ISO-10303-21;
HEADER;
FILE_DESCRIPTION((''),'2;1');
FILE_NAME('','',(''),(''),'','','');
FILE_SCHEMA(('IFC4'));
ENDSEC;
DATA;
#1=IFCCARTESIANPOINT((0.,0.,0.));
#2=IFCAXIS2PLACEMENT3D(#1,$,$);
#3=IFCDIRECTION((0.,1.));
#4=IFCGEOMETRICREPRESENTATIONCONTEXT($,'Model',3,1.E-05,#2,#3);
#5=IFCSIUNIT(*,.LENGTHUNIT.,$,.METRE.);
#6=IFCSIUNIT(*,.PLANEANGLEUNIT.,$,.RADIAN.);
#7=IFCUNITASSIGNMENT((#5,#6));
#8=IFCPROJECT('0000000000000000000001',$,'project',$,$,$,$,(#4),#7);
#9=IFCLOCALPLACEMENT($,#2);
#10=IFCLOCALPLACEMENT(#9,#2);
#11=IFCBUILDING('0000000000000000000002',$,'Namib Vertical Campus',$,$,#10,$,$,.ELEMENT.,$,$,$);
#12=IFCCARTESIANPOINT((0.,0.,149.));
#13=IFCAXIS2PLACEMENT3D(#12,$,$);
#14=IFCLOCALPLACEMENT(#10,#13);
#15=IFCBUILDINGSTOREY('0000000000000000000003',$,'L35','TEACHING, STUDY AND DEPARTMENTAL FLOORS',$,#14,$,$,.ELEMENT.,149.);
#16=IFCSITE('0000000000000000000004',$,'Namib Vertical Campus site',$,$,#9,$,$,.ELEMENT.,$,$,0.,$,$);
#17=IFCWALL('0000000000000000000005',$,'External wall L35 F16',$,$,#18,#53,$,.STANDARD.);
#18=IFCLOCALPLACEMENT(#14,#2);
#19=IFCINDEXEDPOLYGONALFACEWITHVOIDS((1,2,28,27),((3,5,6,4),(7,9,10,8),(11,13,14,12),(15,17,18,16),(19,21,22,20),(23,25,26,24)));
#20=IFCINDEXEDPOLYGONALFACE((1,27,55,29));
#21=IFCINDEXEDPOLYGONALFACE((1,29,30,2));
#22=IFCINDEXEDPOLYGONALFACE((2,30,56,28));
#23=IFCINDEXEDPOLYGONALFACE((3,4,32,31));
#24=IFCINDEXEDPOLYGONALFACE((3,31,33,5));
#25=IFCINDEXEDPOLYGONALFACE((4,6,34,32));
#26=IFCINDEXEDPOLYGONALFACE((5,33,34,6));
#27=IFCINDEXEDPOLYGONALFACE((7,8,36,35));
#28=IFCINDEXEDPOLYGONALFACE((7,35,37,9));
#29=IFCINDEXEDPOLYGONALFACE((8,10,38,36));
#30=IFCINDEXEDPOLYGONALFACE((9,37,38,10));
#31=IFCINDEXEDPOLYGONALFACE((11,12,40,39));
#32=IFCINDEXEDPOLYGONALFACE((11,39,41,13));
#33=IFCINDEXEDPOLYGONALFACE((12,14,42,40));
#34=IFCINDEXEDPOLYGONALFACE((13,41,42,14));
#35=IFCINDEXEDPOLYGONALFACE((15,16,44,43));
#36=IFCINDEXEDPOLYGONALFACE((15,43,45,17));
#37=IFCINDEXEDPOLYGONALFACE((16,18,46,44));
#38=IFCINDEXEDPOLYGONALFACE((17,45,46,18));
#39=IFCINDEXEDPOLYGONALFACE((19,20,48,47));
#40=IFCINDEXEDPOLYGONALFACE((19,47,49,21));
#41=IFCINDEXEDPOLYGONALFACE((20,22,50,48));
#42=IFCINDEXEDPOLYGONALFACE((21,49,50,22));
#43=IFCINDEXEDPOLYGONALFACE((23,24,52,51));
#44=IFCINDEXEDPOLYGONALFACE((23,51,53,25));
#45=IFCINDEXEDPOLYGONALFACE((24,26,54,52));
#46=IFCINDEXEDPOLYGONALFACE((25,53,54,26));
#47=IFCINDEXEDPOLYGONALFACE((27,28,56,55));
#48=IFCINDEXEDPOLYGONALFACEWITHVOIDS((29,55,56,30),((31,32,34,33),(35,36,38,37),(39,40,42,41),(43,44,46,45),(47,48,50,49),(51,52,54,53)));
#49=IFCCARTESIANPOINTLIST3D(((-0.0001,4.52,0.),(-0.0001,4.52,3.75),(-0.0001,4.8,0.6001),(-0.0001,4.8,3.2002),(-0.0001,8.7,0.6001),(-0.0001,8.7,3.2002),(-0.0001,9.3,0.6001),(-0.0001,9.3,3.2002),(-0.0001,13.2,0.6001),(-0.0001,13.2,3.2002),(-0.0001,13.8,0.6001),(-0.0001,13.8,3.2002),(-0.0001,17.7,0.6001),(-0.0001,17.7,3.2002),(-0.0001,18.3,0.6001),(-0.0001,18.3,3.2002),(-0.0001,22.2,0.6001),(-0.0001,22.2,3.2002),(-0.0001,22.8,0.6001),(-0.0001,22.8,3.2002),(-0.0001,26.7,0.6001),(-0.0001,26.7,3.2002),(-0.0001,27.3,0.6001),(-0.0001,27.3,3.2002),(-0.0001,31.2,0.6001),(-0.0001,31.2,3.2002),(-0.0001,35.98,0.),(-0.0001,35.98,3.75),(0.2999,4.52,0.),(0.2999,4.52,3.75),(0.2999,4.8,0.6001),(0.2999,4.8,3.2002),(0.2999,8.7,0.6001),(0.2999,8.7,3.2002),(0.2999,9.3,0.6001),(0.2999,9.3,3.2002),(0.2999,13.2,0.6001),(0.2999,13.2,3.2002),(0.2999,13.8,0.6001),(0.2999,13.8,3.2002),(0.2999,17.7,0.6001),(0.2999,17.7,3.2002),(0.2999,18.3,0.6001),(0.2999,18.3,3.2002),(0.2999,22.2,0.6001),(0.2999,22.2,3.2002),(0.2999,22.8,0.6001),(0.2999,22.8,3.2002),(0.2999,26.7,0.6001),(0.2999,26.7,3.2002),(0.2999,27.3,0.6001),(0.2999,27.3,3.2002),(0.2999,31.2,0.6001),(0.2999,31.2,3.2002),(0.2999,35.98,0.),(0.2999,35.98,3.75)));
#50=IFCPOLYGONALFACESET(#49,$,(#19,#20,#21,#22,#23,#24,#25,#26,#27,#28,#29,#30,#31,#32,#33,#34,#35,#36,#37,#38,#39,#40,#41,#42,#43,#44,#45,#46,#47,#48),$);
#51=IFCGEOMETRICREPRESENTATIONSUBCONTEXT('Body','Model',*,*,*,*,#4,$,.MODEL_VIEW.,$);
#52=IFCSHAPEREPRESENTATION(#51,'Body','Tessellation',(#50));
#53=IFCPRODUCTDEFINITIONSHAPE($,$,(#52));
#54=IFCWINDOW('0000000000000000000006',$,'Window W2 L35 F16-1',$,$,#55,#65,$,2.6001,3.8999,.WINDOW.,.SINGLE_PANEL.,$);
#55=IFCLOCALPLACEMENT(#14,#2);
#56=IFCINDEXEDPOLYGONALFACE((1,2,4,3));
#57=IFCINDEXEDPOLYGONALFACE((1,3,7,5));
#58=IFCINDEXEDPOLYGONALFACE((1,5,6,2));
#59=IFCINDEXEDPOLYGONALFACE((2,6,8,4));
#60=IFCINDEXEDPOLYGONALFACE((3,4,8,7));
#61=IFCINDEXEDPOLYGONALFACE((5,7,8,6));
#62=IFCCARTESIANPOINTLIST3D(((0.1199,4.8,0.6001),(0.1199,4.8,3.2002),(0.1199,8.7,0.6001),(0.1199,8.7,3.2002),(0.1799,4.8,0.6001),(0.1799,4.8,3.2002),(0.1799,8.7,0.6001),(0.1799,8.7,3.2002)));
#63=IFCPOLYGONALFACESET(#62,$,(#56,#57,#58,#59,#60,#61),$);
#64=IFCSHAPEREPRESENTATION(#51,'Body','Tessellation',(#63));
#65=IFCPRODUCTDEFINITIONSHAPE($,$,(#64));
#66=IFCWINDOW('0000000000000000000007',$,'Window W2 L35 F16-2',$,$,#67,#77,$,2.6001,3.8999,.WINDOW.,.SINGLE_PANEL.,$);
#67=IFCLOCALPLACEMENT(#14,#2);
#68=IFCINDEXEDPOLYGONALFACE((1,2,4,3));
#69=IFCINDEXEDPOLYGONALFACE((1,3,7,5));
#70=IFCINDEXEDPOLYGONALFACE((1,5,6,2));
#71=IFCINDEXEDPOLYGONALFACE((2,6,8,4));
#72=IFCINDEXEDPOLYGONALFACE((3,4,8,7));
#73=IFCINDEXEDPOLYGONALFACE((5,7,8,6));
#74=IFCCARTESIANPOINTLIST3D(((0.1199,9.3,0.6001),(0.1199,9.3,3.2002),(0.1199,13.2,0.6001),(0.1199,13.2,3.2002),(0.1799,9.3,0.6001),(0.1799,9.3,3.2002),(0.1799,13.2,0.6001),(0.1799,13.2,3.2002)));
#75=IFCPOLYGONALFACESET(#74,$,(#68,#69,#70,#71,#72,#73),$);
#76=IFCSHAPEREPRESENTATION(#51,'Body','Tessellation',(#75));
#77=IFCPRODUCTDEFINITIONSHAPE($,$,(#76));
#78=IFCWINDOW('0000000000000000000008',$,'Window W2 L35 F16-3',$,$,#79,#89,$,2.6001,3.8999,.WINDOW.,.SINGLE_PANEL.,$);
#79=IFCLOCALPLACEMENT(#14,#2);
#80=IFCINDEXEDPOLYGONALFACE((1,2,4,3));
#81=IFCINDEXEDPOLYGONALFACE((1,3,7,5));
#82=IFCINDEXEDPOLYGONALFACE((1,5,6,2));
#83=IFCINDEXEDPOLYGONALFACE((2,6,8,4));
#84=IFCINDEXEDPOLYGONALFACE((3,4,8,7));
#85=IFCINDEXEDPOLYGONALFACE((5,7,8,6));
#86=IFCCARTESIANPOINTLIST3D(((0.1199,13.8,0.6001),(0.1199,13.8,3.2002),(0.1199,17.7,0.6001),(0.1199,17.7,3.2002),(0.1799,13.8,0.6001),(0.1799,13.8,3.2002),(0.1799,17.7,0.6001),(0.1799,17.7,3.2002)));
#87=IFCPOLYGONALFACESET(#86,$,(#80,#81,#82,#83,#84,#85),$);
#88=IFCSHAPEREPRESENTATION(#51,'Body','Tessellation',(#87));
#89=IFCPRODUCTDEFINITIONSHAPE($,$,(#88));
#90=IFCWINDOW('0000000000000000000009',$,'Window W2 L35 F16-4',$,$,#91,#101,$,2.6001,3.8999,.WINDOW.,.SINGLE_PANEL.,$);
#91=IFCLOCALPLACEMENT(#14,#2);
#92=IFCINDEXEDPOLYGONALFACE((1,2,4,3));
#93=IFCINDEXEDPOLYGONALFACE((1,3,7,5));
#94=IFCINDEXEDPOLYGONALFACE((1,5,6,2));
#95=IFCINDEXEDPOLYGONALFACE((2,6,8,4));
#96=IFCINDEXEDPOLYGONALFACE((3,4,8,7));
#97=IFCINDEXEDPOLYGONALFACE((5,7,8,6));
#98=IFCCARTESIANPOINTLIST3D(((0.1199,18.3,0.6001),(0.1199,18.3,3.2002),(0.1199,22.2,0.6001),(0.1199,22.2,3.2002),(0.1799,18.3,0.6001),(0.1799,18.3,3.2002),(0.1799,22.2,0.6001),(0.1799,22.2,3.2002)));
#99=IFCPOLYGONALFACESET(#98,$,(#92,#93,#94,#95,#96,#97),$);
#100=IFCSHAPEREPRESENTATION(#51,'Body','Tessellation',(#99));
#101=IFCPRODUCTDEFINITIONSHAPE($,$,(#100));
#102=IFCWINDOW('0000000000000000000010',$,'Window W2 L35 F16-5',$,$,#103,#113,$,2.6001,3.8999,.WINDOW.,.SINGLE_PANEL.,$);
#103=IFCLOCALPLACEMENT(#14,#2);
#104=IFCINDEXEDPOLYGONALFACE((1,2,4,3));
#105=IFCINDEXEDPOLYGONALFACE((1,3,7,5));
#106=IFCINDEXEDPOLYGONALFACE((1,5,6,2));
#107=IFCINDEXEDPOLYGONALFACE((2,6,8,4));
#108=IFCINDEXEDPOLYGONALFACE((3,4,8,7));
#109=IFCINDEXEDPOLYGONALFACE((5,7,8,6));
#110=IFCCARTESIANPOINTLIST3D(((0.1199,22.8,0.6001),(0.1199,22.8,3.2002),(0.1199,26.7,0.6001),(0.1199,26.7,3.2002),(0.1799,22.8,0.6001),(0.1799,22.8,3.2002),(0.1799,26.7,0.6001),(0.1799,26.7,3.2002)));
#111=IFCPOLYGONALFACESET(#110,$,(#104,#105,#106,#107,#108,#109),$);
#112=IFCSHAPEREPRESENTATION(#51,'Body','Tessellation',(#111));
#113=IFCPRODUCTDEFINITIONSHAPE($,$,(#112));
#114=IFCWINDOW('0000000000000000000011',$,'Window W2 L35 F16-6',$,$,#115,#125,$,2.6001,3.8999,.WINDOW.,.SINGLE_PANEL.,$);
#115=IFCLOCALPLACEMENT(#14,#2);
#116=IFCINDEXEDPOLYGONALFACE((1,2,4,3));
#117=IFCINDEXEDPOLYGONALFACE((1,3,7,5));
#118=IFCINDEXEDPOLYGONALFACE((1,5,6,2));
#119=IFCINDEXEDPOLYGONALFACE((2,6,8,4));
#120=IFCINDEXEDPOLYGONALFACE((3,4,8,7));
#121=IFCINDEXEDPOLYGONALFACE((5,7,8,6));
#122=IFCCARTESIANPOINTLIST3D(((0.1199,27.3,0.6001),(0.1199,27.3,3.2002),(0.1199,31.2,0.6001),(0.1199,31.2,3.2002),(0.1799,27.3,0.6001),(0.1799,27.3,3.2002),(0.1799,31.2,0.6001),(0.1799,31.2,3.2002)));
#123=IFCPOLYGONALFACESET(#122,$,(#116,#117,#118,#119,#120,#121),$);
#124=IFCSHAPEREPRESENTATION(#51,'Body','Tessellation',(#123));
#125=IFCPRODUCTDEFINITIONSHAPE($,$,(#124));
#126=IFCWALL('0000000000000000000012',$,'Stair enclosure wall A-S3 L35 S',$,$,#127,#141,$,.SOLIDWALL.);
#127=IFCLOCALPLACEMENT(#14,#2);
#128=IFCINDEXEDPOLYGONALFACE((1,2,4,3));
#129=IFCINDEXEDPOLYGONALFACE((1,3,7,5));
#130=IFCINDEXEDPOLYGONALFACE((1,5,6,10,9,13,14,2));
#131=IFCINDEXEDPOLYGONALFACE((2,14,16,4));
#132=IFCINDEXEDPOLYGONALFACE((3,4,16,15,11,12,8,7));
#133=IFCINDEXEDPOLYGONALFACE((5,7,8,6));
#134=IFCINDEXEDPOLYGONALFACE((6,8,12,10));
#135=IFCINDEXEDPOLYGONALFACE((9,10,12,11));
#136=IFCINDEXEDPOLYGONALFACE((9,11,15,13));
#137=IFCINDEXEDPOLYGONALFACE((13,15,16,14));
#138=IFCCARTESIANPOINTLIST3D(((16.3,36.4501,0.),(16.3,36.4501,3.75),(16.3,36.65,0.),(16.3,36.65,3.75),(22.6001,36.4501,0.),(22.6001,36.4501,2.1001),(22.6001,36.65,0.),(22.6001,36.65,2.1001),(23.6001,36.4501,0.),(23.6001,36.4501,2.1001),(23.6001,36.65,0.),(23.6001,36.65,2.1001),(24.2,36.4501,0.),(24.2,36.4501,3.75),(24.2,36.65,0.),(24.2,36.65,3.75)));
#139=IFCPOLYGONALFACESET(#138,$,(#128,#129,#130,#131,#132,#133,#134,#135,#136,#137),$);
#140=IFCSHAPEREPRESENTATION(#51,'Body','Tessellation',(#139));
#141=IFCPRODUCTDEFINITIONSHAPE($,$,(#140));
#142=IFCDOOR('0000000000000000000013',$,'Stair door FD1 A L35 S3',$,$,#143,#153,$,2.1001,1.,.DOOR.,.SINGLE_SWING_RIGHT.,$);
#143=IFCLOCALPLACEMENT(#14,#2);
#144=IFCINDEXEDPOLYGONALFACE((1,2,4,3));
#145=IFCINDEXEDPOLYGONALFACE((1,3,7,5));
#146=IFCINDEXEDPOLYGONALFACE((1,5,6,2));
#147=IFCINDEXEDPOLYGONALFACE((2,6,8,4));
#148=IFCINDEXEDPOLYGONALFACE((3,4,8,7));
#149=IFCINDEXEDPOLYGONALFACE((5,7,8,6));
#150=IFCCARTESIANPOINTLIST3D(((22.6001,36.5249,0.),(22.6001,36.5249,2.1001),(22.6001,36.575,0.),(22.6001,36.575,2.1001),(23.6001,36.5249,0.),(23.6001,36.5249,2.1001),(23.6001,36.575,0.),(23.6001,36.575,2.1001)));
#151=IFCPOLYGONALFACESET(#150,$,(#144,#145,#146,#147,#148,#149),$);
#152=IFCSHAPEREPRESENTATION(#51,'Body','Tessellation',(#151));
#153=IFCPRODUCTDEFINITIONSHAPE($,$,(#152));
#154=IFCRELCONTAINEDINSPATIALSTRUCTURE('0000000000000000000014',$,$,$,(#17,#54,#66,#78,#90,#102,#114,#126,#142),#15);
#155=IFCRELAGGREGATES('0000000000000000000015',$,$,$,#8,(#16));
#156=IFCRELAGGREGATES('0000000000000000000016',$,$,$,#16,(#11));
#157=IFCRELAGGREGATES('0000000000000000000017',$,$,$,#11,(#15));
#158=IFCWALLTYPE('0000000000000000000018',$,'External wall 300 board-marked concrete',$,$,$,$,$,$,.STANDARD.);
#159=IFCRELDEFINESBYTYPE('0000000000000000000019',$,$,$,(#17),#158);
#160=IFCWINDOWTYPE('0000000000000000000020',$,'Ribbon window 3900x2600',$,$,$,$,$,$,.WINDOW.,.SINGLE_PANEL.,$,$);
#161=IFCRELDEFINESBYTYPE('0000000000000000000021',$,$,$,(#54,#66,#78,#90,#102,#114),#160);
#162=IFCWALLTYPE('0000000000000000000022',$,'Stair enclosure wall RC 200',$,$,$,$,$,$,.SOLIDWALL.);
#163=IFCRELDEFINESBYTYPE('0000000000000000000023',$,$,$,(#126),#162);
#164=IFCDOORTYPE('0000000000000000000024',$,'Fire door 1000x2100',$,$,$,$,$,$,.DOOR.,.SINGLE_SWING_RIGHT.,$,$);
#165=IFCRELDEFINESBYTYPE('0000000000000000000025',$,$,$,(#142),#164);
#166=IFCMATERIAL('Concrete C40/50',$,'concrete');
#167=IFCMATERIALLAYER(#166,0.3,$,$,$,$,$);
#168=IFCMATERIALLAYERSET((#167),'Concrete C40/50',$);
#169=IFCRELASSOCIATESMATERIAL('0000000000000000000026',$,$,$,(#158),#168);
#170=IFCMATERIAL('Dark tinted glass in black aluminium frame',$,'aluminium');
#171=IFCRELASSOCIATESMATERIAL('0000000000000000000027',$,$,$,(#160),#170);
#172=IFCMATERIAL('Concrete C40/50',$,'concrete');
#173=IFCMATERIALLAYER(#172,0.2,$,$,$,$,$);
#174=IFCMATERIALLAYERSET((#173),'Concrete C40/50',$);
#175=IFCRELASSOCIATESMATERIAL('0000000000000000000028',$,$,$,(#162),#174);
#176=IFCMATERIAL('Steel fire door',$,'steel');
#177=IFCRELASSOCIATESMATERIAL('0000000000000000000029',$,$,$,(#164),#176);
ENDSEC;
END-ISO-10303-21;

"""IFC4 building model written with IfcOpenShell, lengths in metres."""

from ifc_helpers import new_model, si_unit, direction, frame, frame_2d, origin, place, context, subcontext, project, spatial, rectangle, extrude, material, layer, layer_set, type_object, element, fill, save


model = new_model("IFC4")

# Units and contexts
model_context = context("Model", 3, precision=1e-05, world=origin(), true_north=direction((0.0, 1.0)))
body_context = subcontext(model_context, "Body", "Model", "MODEL_VIEW")
ifc_project = project(units=[si_unit("LENGTHUNIT", "METRE"), si_unit("PLANEANGLEUNIT", "RADIAN")], contexts=[model_context])

# Site, building, storey
site_placement = place(None, origin())
site = spatial("IfcSite", under=ifc_project, at=site_placement, Name="Namib Vertical Campus site", CompositionType="ELEMENT", RefElevation=0.0)
building_placement = place(site_placement, origin())
building = spatial("IfcBuilding", under=site, at=building_placement, Name="Namib Vertical Campus", CompositionType="ELEMENT")
storey_placement = place(building_placement, frame((0.0, 0.0, 149.0)))
storey = spatial("IfcBuildingStorey", under=building, at=storey_placement, Name="L35", Description="TEACHING, STUDY AND DEPARTMENTAL FLOORS", CompositionType="ELEMENT", Elevation=149.0)

# Shared definitions
ifc_material_1 = material(Name="Concrete C40/50", Category="concrete")
ifc_layer_1 = layer(ifc_material_1, 0.3)
ifc_layer_set_1 = layer_set([ifc_layer_1], Name="Concrete C40/50")
wall_type_1 = type_object("IfcWallType", Name="External wall 300 board-marked concrete", PredefinedType="STANDARD", material=ifc_layer_set_1)

# Wall, openings, windows
wall_1_placement = place(storey_placement, frame((0.1499, 35.98, 0.0), z_axis=(0.0, 0.0, 1.0), x_axis=(0.0, -1.0, 0.0)))
wall_1 = element("IfcWall", 1, at=wall_1_placement, inside=storey, type_object=wall_type_1, Name="External wall L35 F16", PredefinedType="STANDARD", context=body_context, shape_type="SweptSolid", body=[
    extrude(rectangle(XDim=31.46, YDim=0.3, at=frame_2d((15.73, 0.0))), origin(), (0.0, 0.0, 1.0), 3.75),
])
opening_1_placement = place(wall_1_placement, frame((27.28, 0.0, 0.6001)))
opening_1 = element("IfcOpeningElement", 2, at=opening_1_placement, cuts=wall_1, PredefinedType="OPENING", context=body_context, shape_type="SweptSolid", body=[
    extrude(rectangle(XDim=3.8999, YDim=2.6001, at=frame_2d((1.95, 1.3))), frame((0.0, 0.1599, 0.0), z_axis=(0.0, -1.0, 0.0), x_axis=(1.0, 0.0, 0.0)), (0.0, 0.0, 1.0), 0.3201),
])
opening_2_placement = place(wall_1_placement, frame((22.78, 0.0, 0.6001)))
opening_2 = element("IfcOpeningElement", 3, at=opening_2_placement, cuts=wall_1, PredefinedType="OPENING", context=body_context, shape_type="SweptSolid", body=[
    extrude(rectangle(XDim=3.8999, YDim=2.6001, at=frame_2d((1.95, 1.3))), frame((0.0, 0.1599, 0.0), z_axis=(0.0, -1.0, 0.0), x_axis=(1.0, 0.0, 0.0)), (0.0, 0.0, 1.0), 0.3201),
])
opening_3_placement = place(wall_1_placement, frame((18.28, 0.0, 0.6001)))
opening_3 = element("IfcOpeningElement", 4, at=opening_3_placement, cuts=wall_1, PredefinedType="OPENING", context=body_context, shape_type="SweptSolid", body=[
    extrude(rectangle(XDim=3.8999, YDim=2.6001, at=frame_2d((1.95, 1.3))), frame((0.0, 0.1599, 0.0), z_axis=(0.0, -1.0, 0.0), x_axis=(1.0, 0.0, 0.0)), (0.0, 0.0, 1.0), 0.3201),
])
opening_4_placement = place(wall_1_placement, frame((13.78, 0.0, 0.6001)))
opening_4 = element("IfcOpeningElement", 5, at=opening_4_placement, cuts=wall_1, PredefinedType="OPENING", context=body_context, shape_type="SweptSolid", body=[
    extrude(rectangle(XDim=3.8999, YDim=2.6001, at=frame_2d((1.95, 1.3))), frame((0.0, 0.1599, 0.0), z_axis=(0.0, -1.0, 0.0), x_axis=(1.0, 0.0, 0.0)), (0.0, 0.0, 1.0), 0.3201),
])
opening_5_placement = place(wall_1_placement, frame((9.28, 0.0, 0.6001)))
opening_5 = element("IfcOpeningElement", 6, at=opening_5_placement, cuts=wall_1, PredefinedType="OPENING", context=body_context, shape_type="SweptSolid", body=[
    extrude(rectangle(XDim=3.8999, YDim=2.6001, at=frame_2d((1.95, 1.3))), frame((0.0, 0.1599, 0.0), z_axis=(0.0, -1.0, 0.0), x_axis=(1.0, 0.0, 0.0)), (0.0, 0.0, 1.0), 0.3201),
])
opening_6_placement = place(wall_1_placement, frame((4.78, 0.0, 0.6001)))
opening_6 = element("IfcOpeningElement", 7, at=opening_6_placement, cuts=wall_1, PredefinedType="OPENING", context=body_context, shape_type="SweptSolid", body=[
    extrude(rectangle(XDim=3.8999, YDim=2.6001, at=frame_2d((1.95, 1.3))), frame((0.0, 0.1599, 0.0), z_axis=(0.0, -1.0, 0.0), x_axis=(1.0, 0.0, 0.0)), (0.0, 0.0, 1.0), 0.3201),
])
ifc_material_2 = material(Name="Dark tinted glass in black aluminium frame", Category="aluminium")
window_type = type_object("IfcWindowType", Name="Ribbon window 3900x2600", PartitioningType="SINGLE_PANEL", PredefinedType="WINDOW", material=ifc_material_2)
window_1_placement = place(opening_1_placement, origin())
window_1 = element("IfcWindow", 8, at=window_1_placement, inside=storey, type_object=window_type, Name="Window W2 L35 F16-1", OverallHeight=2.6001, OverallWidth=3.8999, PartitioningType="SINGLE_PANEL", PredefinedType="WINDOW", context=body_context, shape_type="SweptSolid", body=[
    extrude(rectangle(XDim=3.8999, YDim=2.6001, at=frame_2d((1.95, 1.3))), frame((0.0, 0.03, 0.0), z_axis=(0.0, -1.0, 0.0), x_axis=(1.0, 0.0, 0.0)), (0.0, 0.0, 1.0), 0.0601),
])
fill(opening_1, window_1)
window_2_placement = place(opening_2_placement, origin())
window_2 = element("IfcWindow", 9, at=window_2_placement, inside=storey, type_object=window_type, Name="Window W2 L35 F16-2", OverallHeight=2.6001, OverallWidth=3.8999, PartitioningType="SINGLE_PANEL", PredefinedType="WINDOW", context=body_context, shape_type="SweptSolid", body=[
    extrude(rectangle(XDim=3.8999, YDim=2.6001, at=frame_2d((1.95, 1.3))), frame((0.0, 0.03, 0.0), z_axis=(0.0, -1.0, 0.0), x_axis=(1.0, 0.0, 0.0)), (0.0, 0.0, 1.0), 0.0601),
])
fill(opening_2, window_2)
window_3_placement = place(opening_3_placement, origin())
window_3 = element("IfcWindow", 10, at=window_3_placement, inside=storey, type_object=window_type, Name="Window W2 L35 F16-3", OverallHeight=2.6001, OverallWidth=3.8999, PartitioningType="SINGLE_PANEL", PredefinedType="WINDOW", context=body_context, shape_type="SweptSolid", body=[
    extrude(rectangle(XDim=3.8999, YDim=2.6001, at=frame_2d((1.95, 1.3))), frame((0.0, 0.03, 0.0), z_axis=(0.0, -1.0, 0.0), x_axis=(1.0, 0.0, 0.0)), (0.0, 0.0, 1.0), 0.0601),
])
fill(opening_3, window_3)
window_4_placement = place(opening_4_placement, origin())
window_4 = element("IfcWindow", 11, at=window_4_placement, inside=storey, type_object=window_type, Name="Window W2 L35 F16-4", OverallHeight=2.6001, OverallWidth=3.8999, PartitioningType="SINGLE_PANEL", PredefinedType="WINDOW", context=body_context, shape_type="SweptSolid", body=[
    extrude(rectangle(XDim=3.8999, YDim=2.6001, at=frame_2d((1.95, 1.3))), frame((0.0, 0.03, 0.0), z_axis=(0.0, -1.0, 0.0), x_axis=(1.0, 0.0, 0.0)), (0.0, 0.0, 1.0), 0.0601),
])
fill(opening_4, window_4)
window_5_placement = place(opening_5_placement, origin())
window_5 = element("IfcWindow", 12, at=window_5_placement, inside=storey, type_object=window_type, Name="Window W2 L35 F16-5", OverallHeight=2.6001, OverallWidth=3.8999, PartitioningType="SINGLE_PANEL", PredefinedType="WINDOW", context=body_context, shape_type="SweptSolid", body=[
    extrude(rectangle(XDim=3.8999, YDim=2.6001, at=frame_2d((1.95, 1.3))), frame((0.0, 0.03, 0.0), z_axis=(0.0, -1.0, 0.0), x_axis=(1.0, 0.0, 0.0)), (0.0, 0.0, 1.0), 0.0601),
])
fill(opening_5, window_5)
window_6_placement = place(opening_6_placement, origin())
window_6 = element("IfcWindow", 13, at=window_6_placement, inside=storey, type_object=window_type, Name="Window W2 L35 F16-6", OverallHeight=2.6001, OverallWidth=3.8999, PartitioningType="SINGLE_PANEL", PredefinedType="WINDOW", context=body_context, shape_type="SweptSolid", body=[
    extrude(rectangle(XDim=3.8999, YDim=2.6001, at=frame_2d((1.95, 1.3))), frame((0.0, 0.03, 0.0), z_axis=(0.0, -1.0, 0.0), x_axis=(1.0, 0.0, 0.0)), (0.0, 0.0, 1.0), 0.0601),
])
fill(opening_6, window_6)

# Wall, opening, door
ifc_material_3 = material(Name="Concrete C40/50", Category="concrete")
ifc_layer_2 = layer(ifc_material_3, 0.2)
ifc_layer_set_2 = layer_set([ifc_layer_2], Name="Concrete C40/50")
wall_type_2 = type_object("IfcWallType", Name="Stair enclosure wall RC 200", PredefinedType="SOLIDWALL", material=ifc_layer_set_2)
wall_2_placement = place(storey_placement, frame((16.3, 36.55, 0.0), z_axis=(0.0, 0.0, 1.0), x_axis=(1.0, 0.0, 0.0)))
wall_2 = element("IfcWall", 14, at=wall_2_placement, inside=storey, type_object=wall_type_2, Name="Stair enclosure wall A-S3 L35 S", PredefinedType="SOLIDWALL", context=body_context, shape_type="SweptSolid", body=[
    extrude(rectangle(XDim=7.8999, YDim=0.2, at=frame_2d((3.95, 0.0))), origin(), (0.0, 0.0, 1.0), 3.75),
])
opening_7_placement = place(wall_2_placement, frame((6.3, 0.0, 0.0)))
opening_7 = element("IfcOpeningElement", 15, at=opening_7_placement, cuts=wall_2, PredefinedType="OPENING", context=body_context, shape_type="SweptSolid", body=[
    extrude(rectangle(XDim=1.0, YDim=2.1001, at=frame_2d((0.5, 1.05))), frame((0.0, 0.1099, 0.0), z_axis=(0.0, -1.0, 0.0), x_axis=(1.0, 0.0, 0.0)), (0.0, 0.0, 1.0), 0.22),
])
ifc_material_4 = material(Name="Steel fire door", Category="steel")
door_type = type_object("IfcDoorType", Name="Fire door 1000x2100", OperationType="SINGLE_SWING_RIGHT", PredefinedType="DOOR", material=ifc_material_4)
door_placement = place(opening_7_placement, origin())
door = element("IfcDoor", 16, at=door_placement, inside=storey, type_object=door_type, Name="Stair door FD1 A L35 S3", OperationType="SINGLE_SWING_RIGHT", OverallHeight=2.1001, OverallWidth=1.0, PredefinedType="DOOR", context=body_context, shape_type="SweptSolid", body=[
    extrude(rectangle(XDim=1.0, YDim=2.1001, at=frame_2d((0.5, 1.05))), frame((0.0, 0.0249, 0.0), z_axis=(0.0, -1.0, 0.0), x_axis=(1.0, 0.0, 0.0)), (0.0, 0.0, 1.0), 0.05),
])
fill(opening_7, door)

save(model, "model.ifc")
